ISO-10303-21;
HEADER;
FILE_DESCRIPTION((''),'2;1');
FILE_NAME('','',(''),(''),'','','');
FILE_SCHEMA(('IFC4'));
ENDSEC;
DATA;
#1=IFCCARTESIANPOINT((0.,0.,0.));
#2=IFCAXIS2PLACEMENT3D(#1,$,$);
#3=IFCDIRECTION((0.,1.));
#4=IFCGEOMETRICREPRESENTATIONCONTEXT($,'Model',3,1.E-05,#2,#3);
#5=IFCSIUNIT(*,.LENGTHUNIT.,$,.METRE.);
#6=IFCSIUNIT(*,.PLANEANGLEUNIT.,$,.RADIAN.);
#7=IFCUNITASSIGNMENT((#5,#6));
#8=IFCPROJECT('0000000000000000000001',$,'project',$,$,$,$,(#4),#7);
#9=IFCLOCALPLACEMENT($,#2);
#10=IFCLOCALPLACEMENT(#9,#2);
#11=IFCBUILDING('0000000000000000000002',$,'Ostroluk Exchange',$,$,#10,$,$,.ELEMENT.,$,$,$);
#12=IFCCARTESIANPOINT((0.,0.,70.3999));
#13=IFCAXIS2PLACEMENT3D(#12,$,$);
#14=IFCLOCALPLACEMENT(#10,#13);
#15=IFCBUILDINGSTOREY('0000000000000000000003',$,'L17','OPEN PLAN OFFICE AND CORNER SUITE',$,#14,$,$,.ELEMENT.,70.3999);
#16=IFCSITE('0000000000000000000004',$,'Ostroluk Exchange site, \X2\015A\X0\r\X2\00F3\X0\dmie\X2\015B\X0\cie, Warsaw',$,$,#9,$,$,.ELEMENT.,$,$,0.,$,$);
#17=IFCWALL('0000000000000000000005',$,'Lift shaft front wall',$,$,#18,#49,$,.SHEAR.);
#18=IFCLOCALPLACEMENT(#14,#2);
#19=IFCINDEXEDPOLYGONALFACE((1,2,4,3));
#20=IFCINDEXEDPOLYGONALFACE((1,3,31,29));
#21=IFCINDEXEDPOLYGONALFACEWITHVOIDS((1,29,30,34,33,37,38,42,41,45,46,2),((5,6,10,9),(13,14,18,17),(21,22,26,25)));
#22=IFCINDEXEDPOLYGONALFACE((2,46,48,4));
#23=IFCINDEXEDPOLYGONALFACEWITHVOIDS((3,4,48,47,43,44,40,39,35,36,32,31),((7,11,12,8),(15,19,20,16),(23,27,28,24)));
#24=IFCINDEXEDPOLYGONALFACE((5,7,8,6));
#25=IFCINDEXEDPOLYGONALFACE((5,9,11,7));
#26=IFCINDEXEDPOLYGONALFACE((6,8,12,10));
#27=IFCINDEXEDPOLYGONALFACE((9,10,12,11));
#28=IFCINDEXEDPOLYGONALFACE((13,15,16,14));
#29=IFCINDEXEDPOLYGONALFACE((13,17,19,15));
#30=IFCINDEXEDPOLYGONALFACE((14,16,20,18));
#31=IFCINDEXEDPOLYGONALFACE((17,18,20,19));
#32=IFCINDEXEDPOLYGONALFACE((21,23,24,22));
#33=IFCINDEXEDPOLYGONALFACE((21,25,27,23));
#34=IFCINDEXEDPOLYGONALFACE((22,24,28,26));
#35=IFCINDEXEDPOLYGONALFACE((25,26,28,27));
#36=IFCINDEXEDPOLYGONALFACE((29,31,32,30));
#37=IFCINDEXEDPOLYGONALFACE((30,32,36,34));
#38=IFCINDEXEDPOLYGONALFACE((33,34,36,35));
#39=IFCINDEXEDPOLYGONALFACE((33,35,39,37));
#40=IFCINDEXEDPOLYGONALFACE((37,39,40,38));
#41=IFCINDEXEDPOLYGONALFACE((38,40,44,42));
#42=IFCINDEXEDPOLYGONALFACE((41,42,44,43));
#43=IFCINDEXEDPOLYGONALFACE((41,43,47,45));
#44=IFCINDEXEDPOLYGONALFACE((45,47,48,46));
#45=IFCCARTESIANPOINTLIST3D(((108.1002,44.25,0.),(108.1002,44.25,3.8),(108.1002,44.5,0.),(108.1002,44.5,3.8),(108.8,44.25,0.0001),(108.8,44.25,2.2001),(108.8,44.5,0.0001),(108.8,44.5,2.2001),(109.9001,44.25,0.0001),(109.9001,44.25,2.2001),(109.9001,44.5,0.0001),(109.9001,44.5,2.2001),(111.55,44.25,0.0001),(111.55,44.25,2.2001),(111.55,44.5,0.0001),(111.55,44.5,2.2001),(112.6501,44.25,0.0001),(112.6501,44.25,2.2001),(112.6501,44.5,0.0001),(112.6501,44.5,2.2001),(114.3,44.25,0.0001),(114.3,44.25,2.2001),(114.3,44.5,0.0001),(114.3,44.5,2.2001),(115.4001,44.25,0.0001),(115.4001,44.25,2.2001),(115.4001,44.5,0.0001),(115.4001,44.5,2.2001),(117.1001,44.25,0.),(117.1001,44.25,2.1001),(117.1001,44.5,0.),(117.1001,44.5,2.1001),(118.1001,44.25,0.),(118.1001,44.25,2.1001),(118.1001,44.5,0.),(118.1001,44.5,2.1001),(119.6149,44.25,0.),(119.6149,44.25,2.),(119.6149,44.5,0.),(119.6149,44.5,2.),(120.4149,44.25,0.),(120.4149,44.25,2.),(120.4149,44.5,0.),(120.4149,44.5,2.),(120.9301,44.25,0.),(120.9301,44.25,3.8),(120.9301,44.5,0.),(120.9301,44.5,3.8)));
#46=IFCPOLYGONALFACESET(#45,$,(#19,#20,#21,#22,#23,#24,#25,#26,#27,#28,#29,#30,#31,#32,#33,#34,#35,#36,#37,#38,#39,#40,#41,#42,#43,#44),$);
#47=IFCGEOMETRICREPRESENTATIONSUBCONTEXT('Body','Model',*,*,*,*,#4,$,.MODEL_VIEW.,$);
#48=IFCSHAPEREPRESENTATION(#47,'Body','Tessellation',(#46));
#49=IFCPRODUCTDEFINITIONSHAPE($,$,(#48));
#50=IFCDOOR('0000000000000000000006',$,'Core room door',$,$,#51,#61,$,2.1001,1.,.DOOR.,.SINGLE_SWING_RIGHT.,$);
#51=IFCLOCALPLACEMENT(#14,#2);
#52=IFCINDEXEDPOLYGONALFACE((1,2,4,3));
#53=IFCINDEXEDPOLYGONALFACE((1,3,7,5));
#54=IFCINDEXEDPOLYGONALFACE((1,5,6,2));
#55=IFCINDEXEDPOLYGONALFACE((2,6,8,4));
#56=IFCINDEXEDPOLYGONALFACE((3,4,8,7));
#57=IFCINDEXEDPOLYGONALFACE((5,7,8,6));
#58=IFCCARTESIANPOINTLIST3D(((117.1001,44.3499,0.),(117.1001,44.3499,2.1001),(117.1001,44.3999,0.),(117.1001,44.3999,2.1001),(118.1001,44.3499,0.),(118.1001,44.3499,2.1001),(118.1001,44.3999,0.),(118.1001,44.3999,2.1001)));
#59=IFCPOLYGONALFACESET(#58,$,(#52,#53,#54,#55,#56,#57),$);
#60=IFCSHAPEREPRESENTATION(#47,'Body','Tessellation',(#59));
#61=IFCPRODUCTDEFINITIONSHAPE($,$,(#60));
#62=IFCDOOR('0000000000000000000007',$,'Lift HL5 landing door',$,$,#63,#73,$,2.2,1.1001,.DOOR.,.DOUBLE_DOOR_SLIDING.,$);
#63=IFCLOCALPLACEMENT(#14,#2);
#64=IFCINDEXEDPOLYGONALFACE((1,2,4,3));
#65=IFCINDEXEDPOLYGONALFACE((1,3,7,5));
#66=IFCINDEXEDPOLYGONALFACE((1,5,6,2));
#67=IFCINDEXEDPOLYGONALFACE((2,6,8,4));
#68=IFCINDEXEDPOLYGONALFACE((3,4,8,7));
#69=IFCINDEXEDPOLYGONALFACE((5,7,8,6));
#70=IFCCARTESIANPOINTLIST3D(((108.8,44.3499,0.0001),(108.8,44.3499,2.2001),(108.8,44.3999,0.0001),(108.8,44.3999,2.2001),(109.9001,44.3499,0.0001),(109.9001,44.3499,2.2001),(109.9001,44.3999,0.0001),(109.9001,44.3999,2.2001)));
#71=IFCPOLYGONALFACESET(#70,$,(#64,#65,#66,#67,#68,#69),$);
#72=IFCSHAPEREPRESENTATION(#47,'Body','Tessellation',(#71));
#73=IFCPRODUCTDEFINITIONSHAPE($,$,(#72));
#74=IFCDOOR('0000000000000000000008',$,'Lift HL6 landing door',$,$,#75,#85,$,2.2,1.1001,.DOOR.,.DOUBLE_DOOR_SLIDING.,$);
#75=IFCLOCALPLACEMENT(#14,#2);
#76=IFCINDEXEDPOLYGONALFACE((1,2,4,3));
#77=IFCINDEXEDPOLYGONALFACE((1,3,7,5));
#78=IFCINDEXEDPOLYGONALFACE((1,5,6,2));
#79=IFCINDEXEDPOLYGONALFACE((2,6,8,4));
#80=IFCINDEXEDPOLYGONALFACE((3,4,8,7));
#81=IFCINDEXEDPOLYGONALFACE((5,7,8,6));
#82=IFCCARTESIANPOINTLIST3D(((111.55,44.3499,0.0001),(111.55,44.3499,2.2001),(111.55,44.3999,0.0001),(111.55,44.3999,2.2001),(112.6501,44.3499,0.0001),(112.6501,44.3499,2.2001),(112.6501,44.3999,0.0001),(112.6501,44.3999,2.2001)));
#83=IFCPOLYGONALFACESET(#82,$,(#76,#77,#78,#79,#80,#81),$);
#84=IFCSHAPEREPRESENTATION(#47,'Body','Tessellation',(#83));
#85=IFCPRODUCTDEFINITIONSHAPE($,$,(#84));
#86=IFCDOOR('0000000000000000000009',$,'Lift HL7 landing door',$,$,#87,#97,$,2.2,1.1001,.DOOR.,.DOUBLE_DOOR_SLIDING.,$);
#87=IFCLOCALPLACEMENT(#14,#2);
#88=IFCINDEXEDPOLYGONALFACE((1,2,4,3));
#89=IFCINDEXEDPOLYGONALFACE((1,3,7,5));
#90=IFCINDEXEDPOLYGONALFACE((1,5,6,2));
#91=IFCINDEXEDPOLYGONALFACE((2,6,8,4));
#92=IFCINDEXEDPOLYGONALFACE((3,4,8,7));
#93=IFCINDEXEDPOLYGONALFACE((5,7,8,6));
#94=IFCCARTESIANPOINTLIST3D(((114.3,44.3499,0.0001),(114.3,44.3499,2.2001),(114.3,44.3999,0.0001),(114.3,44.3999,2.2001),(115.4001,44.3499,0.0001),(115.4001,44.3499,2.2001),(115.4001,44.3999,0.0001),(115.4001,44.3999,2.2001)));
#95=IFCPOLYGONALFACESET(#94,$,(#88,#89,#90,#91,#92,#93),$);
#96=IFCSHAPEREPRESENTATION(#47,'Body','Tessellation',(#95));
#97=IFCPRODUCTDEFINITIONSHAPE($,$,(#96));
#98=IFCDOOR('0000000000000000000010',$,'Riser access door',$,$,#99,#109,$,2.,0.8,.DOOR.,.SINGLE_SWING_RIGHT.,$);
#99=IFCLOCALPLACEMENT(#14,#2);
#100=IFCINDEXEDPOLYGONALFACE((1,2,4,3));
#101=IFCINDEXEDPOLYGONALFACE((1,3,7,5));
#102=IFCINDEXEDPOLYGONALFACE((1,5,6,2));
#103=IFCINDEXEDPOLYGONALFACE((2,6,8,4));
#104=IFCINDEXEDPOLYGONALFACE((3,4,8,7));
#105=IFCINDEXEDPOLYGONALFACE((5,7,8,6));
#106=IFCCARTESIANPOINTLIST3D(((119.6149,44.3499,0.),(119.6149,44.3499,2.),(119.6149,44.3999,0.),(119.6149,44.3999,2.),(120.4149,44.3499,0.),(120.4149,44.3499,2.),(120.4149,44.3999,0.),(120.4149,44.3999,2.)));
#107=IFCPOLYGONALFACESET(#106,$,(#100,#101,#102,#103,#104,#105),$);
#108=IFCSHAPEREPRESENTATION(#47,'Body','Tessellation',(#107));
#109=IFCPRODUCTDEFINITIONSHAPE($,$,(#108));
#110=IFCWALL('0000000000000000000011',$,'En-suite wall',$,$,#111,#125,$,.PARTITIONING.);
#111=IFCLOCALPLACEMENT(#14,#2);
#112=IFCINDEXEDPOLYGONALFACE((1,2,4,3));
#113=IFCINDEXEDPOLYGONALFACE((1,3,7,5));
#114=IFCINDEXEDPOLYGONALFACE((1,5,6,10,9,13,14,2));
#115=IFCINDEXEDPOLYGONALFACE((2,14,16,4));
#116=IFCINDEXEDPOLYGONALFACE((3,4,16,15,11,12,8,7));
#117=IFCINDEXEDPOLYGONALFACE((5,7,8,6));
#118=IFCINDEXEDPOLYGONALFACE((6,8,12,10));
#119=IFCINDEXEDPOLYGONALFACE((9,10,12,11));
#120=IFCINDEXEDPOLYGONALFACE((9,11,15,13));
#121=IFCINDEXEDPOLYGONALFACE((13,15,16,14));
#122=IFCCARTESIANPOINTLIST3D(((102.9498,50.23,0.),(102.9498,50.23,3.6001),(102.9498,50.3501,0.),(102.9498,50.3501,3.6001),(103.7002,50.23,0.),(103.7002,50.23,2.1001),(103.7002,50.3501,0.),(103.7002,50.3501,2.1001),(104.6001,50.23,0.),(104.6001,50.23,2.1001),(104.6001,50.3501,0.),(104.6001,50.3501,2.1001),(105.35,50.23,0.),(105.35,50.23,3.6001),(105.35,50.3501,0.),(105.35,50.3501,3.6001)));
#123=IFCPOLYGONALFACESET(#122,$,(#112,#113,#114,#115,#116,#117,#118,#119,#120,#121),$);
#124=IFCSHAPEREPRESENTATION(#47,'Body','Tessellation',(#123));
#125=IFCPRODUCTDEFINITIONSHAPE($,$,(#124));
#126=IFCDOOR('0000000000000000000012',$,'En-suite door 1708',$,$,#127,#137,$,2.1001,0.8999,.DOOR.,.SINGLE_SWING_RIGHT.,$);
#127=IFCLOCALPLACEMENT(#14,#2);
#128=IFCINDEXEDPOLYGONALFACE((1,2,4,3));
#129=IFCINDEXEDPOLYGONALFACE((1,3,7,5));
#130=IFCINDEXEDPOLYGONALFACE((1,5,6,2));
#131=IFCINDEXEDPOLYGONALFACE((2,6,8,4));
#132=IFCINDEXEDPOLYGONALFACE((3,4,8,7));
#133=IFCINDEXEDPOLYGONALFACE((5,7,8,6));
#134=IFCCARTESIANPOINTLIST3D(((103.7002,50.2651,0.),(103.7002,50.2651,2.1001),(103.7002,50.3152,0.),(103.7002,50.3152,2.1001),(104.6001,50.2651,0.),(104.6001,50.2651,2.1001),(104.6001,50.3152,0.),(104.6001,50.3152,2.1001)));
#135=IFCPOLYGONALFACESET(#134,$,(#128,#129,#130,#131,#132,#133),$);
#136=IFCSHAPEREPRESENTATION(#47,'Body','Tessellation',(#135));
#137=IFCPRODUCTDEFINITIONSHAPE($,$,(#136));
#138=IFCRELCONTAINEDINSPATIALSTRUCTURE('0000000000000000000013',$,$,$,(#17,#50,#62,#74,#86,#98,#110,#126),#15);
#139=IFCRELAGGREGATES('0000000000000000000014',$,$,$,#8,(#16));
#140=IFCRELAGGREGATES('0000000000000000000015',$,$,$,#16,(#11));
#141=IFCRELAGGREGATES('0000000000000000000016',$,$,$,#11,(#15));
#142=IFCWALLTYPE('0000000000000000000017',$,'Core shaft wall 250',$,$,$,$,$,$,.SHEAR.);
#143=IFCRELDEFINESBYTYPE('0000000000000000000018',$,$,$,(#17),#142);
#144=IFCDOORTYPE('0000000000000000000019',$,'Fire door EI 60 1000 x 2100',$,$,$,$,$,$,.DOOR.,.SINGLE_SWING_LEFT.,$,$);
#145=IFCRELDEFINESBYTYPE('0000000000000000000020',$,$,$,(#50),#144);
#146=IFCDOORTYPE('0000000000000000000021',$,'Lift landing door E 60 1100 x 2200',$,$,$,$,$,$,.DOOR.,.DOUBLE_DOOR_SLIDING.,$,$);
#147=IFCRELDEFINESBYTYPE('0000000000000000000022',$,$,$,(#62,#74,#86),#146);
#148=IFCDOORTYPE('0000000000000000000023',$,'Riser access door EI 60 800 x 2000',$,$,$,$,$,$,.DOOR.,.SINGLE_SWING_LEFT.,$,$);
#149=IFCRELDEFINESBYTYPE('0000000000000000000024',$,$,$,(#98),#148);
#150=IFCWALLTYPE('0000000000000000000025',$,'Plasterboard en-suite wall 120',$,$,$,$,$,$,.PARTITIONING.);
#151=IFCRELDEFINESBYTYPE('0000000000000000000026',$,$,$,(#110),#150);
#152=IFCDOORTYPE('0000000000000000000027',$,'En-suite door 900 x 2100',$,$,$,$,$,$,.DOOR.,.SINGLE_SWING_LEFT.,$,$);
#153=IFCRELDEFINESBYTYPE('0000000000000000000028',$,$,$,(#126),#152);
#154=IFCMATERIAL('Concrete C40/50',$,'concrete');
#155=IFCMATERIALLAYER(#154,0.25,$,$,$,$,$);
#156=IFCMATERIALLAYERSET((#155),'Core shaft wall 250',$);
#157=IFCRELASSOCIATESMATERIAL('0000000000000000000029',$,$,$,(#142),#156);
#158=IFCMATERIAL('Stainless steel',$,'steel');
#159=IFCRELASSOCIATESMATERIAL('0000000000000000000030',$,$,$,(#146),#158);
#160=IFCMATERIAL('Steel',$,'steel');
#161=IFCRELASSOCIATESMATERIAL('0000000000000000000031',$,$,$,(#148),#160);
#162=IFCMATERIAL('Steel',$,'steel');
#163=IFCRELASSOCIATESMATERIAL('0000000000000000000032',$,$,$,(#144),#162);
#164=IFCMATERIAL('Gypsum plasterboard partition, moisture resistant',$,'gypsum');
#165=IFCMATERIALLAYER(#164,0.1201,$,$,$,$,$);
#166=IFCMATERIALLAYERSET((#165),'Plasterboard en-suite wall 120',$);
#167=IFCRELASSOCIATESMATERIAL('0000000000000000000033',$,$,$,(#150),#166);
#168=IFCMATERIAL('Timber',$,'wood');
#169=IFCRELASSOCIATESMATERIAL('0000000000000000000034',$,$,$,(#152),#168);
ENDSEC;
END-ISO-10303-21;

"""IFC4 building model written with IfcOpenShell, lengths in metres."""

from ifc_helpers import new_model, si_unit, direction, frame, frame_2d, origin, place, context, subcontext, project, spatial, rectangle, extrude, material, layer, layer_set, type_object, element, fill, save


model = new_model("IFC4")

# Units and contexts
model_context = context("Model", 3, precision=1e-05, world=origin(), true_north=direction((0.0, 1.0)))
body_context = subcontext(model_context, "Body", "Model", "MODEL_VIEW")
ifc_project = project(units=[si_unit("LENGTHUNIT", "METRE"), si_unit("PLANEANGLEUNIT", "RADIAN")], contexts=[model_context])

# Site, building, storey
site_placement = place(None, origin())
site = spatial("IfcSite", under=ifc_project, at=site_placement, Name="Ostroluk Exchange site, Śródmieście, Warsaw", CompositionType="ELEMENT", RefElevation=0.0)
building_placement = place(site_placement, origin())
building = spatial("IfcBuilding", under=site, at=building_placement, Name="Ostroluk Exchange", CompositionType="ELEMENT")
storey_placement = place(building_placement, frame((0.0, 0.0, 70.3999)))
storey = spatial("IfcBuildingStorey", under=building, at=storey_placement, Name="L17", Description="OPEN PLAN OFFICE AND CORNER SUITE", CompositionType="ELEMENT", Elevation=70.3999)

# Shared definitions
ifc_material_1 = material(Name="Concrete C40/50", Category="concrete")
ifc_layer_1 = layer(ifc_material_1, 0.25)
ifc_layer_set_1 = layer_set([ifc_layer_1], Name="Core shaft wall 250")
wall_type_1 = type_object("IfcWallType", Name="Core shaft wall 250", PredefinedType="SHEAR", material=ifc_layer_set_1)

# Wall, openings, doors
ifc_material_2 = material(Name="Stainless steel", Category="steel")
door_type_1 = type_object("IfcDoorType", Name="Lift landing door E 60 1100 x 2200", OperationType="DOUBLE_DOOR_SLIDING", PredefinedType="DOOR", material=ifc_material_2)
ifc_material_3 = material(Name="Steel", Category="steel")
door_type_2 = type_object("IfcDoorType", Name="Riser access door EI 60 800 x 2000", OperationType="SINGLE_SWING_LEFT", PredefinedType="DOOR", material=ifc_material_3)
wall_1_placement = place(storey_placement, frame((108.1001, 44.375, 0.0), z_axis=(0.0, 0.0, 1.0), x_axis=(1.0, 0.0, 0.0)))
wall_1 = element("IfcWall", 1, at=wall_1_placement, inside=storey, type_object=wall_type_1, Name="Lift shaft front wall", PredefinedType="SHEAR", context=body_context, shape_type="SweptSolid", body=[
    extrude(rectangle(XDim=12.8298, YDim=0.25, at=frame_2d((6.415, 0.0))), origin(), (0.0, 0.0, 1.0), 3.8),
])
opening_1_placement = place(wall_1_placement, frame((0.7, 0.0, 0.0)))
opening_1 = element("IfcOpeningElement", 2, at=opening_1_placement, cuts=wall_1, PredefinedType="OPENING", context=body_context, shape_type="SweptSolid", body=[
    extrude(rectangle(XDim=1.1001, YDim=2.2, at=frame_2d((0.55, 1.1001))), frame((0.0, 0.135, 0.0), z_axis=(0.0, -1.0, 0.0), x_axis=(1.0, 0.0, 0.0)), (0.0, 0.0, 1.0), 0.27),
])
opening_2_placement = place(wall_1_placement, frame((3.45, 0.0, 0.0)))
opening_2 = element("IfcOpeningElement", 3, at=opening_2_placement, cuts=wall_1, PredefinedType="OPENING", context=body_context, shape_type="SweptSolid", body=[
    extrude(rectangle(XDim=1.1001, YDim=2.2, at=frame_2d((0.55, 1.1001))), frame((0.0, 0.135, 0.0), z_axis=(0.0, -1.0, 0.0), x_axis=(1.0, 0.0, 0.0)), (0.0, 0.0, 1.0), 0.27),
])
opening_3_placement = place(wall_1_placement, frame((6.2, 0.0, 0.0)))
opening_3 = element("IfcOpeningElement", 4, at=opening_3_placement, cuts=wall_1, PredefinedType="OPENING", context=body_context, shape_type="SweptSolid", body=[
    extrude(rectangle(XDim=1.1001, YDim=2.2, at=frame_2d((0.55, 1.1001))), frame((0.0, 0.135, 0.0), z_axis=(0.0, -1.0, 0.0), x_axis=(1.0, 0.0, 0.0)), (0.0, 0.0, 1.0), 0.27),
])
opening_4_placement = place(wall_1_placement, frame((9.0, 0.0, 0.0)))
opening_4 = element("IfcOpeningElement", 5, at=opening_4_placement, cuts=wall_1, PredefinedType="OPENING", context=body_context, shape_type="SweptSolid", body=[
    extrude(rectangle(XDim=1.0, YDim=2.1001, at=frame_2d((0.5, 1.05))), frame((0.0, 0.135, 0.0), z_axis=(0.0, -1.0, 0.0), x_axis=(1.0, 0.0, 0.0)), (0.0, 0.0, 1.0), 0.27),
])
opening_5_placement = place(wall_1_placement, frame((11.5149, 0.0, 0.0)))
opening_5 = element("IfcOpeningElement", 6, at=opening_5_placement, cuts=wall_1, PredefinedType="OPENING", context=body_context, shape_type="SweptSolid", body=[
    extrude(rectangle(XDim=0.8, YDim=2.0, at=frame_2d((0.3999, 1.0))), frame((0.0, 0.135, 0.0), z_axis=(0.0, -1.0, 0.0), x_axis=(1.0, 0.0, 0.0)), (0.0, 0.0, 1.0), 0.27),
])
ifc_material_4 = material(Name="Steel", Category="steel")
door_type_3 = type_object("IfcDoorType", Name="Fire door EI 60 1000 x 2100", OperationType="SINGLE_SWING_LEFT", PredefinedType="DOOR", material=ifc_material_4)
door_1_placement = place(opening_4_placement, origin())
door_1 = element("IfcDoor", 7, at=door_1_placement, inside=storey, type_object=door_type_3, Name="Core room door", OperationType="SINGLE_SWING_RIGHT", OverallHeight=2.1001, OverallWidth=1.0, PredefinedType="DOOR", context=body_context, shape_type="SweptSolid", body=[
    extrude(rectangle(XDim=1.0, YDim=2.1001, at=frame_2d((0.5, 1.05))), frame((0.0, 0.0249, 0.0), z_axis=(0.0, -1.0, 0.0), x_axis=(1.0, 0.0, 0.0)), (0.0, 0.0, 1.0), 0.05),
])
fill(opening_4, door_1)
door_2_placement = place(opening_1_placement, origin())
door_2 = element("IfcDoor", 8, at=door_2_placement, inside=storey, type_object=door_type_1, Name="Lift HL5 landing door", OperationType="DOUBLE_DOOR_SLIDING", OverallHeight=2.2, OverallWidth=1.1001, PredefinedType="DOOR", context=body_context, shape_type="SweptSolid", body=[
    extrude(rectangle(XDim=1.1001, YDim=2.2, at=frame_2d((0.55, 1.1001))), frame((0.0, 0.0249, 0.0), z_axis=(0.0, -1.0, 0.0), x_axis=(1.0, 0.0, 0.0)), (0.0, 0.0, 1.0), 0.05),
])
fill(opening_1, door_2)
door_3_placement = place(opening_2_placement, origin())
door_3 = element("IfcDoor", 9, at=door_3_placement, inside=storey, type_object=door_type_1, Name="Lift HL6 landing door", OperationType="DOUBLE_DOOR_SLIDING", OverallHeight=2.2, OverallWidth=1.1001, PredefinedType="DOOR", context=body_context, shape_type="SweptSolid", body=[
    extrude(rectangle(XDim=1.1001, YDim=2.2, at=frame_2d((0.55, 1.1001))), frame((0.0, 0.0249, 0.0), z_axis=(0.0, -1.0, 0.0), x_axis=(1.0, 0.0, 0.0)), (0.0, 0.0, 1.0), 0.05),
])
fill(opening_2, door_3)
door_4_placement = place(opening_3_placement, origin())
door_4 = element("IfcDoor", 10, at=door_4_placement, inside=storey, type_object=door_type_1, Name="Lift HL7 landing door", OperationType="DOUBLE_DOOR_SLIDING", OverallHeight=2.2, OverallWidth=1.1001, PredefinedType="DOOR", context=body_context, shape_type="SweptSolid", body=[
    extrude(rectangle(XDim=1.1001, YDim=2.2, at=frame_2d((0.55, 1.1001))), frame((0.0, 0.0249, 0.0), z_axis=(0.0, -1.0, 0.0), x_axis=(1.0, 0.0, 0.0)), (0.0, 0.0, 1.0), 0.05),
])
fill(opening_3, door_4)
door_5_placement = place(opening_5_placement, origin())
door_5 = element("IfcDoor", 11, at=door_5_placement, inside=storey, type_object=door_type_2, Name="Riser access door", OperationType="SINGLE_SWING_RIGHT", OverallHeight=2.0, OverallWidth=0.8, PredefinedType="DOOR", context=body_context, shape_type="SweptSolid", body=[
    extrude(rectangle(XDim=0.8, YDim=2.0, at=frame_2d((0.3999, 1.0))), frame((0.0, 0.0249, 0.0), z_axis=(0.0, -1.0, 0.0), x_axis=(1.0, 0.0, 0.0)), (0.0, 0.0, 1.0), 0.05),
])
fill(opening_5, door_5)

# Wall, opening, door
ifc_material_5 = material(Name="Gypsum plasterboard partition, moisture resistant", Category="gypsum")
ifc_layer_2 = layer(ifc_material_5, 0.1201)
ifc_layer_set_2 = layer_set([ifc_layer_2], Name="Plasterboard en-suite wall 120")
wall_type_2 = type_object("IfcWallType", Name="Plasterboard en-suite wall 120", PredefinedType="PARTITIONING", material=ifc_layer_set_2)
wall_2_placement = place(storey_placement, frame((105.3501, 50.29, 0.0), z_axis=(0.0, 0.0, 1.0), x_axis=(-1.0, 0.0, 0.0)))
wall_2 = element("IfcWall", 12, at=wall_2_placement, inside=storey, type_object=wall_type_2, Name="En-suite wall", PredefinedType="PARTITIONING", context=body_context, shape_type="SweptSolid", body=[
    extrude(rectangle(XDim=2.4001, YDim=0.1201, at=frame_2d((1.2002, 0.0))), origin(), (0.0, 0.0, 1.0), 3.6001),
])
opening_6_placement = place(wall_2_placement, frame((0.75, 0.0, 0.0)))
opening_6 = element("IfcOpeningElement", 13, at=opening_6_placement, cuts=wall_2, PredefinedType="OPENING", context=body_context, shape_type="SweptSolid", body=[
    extrude(rectangle(XDim=0.8999, YDim=2.1001, at=frame_2d((0.45, 1.05))), frame((0.0, 0.0701, 0.0), z_axis=(0.0, -1.0, 0.0), x_axis=(1.0, 0.0, 0.0)), (0.0, 0.0, 1.0), 0.1401),
])
ifc_material_6 = material(Name="Timber", Category="wood")
door_type_4 = type_object("IfcDoorType", Name="En-suite door 900 x 2100", OperationType="SINGLE_SWING_LEFT", PredefinedType="DOOR", material=ifc_material_6)
door_6_placement = place(opening_6_placement, origin())
door_6 = element("IfcDoor", 14, at=door_6_placement, inside=storey, type_object=door_type_4, Name="En-suite door 1708", OperationType="SINGLE_SWING_RIGHT", OverallHeight=2.1001, OverallWidth=0.8999, PredefinedType="DOOR", context=body_context, shape_type="SweptSolid", body=[
    extrude(rectangle(XDim=0.8999, YDim=2.1001, at=frame_2d((0.45, 1.05))), frame((0.0, 0.0249, 0.0), z_axis=(0.0, -1.0, 0.0), x_axis=(1.0, 0.0, 0.0)), (0.0, 0.0, 1.0), 0.05),
])
fill(opening_6, door_6)

save(model, "model.ifc")
